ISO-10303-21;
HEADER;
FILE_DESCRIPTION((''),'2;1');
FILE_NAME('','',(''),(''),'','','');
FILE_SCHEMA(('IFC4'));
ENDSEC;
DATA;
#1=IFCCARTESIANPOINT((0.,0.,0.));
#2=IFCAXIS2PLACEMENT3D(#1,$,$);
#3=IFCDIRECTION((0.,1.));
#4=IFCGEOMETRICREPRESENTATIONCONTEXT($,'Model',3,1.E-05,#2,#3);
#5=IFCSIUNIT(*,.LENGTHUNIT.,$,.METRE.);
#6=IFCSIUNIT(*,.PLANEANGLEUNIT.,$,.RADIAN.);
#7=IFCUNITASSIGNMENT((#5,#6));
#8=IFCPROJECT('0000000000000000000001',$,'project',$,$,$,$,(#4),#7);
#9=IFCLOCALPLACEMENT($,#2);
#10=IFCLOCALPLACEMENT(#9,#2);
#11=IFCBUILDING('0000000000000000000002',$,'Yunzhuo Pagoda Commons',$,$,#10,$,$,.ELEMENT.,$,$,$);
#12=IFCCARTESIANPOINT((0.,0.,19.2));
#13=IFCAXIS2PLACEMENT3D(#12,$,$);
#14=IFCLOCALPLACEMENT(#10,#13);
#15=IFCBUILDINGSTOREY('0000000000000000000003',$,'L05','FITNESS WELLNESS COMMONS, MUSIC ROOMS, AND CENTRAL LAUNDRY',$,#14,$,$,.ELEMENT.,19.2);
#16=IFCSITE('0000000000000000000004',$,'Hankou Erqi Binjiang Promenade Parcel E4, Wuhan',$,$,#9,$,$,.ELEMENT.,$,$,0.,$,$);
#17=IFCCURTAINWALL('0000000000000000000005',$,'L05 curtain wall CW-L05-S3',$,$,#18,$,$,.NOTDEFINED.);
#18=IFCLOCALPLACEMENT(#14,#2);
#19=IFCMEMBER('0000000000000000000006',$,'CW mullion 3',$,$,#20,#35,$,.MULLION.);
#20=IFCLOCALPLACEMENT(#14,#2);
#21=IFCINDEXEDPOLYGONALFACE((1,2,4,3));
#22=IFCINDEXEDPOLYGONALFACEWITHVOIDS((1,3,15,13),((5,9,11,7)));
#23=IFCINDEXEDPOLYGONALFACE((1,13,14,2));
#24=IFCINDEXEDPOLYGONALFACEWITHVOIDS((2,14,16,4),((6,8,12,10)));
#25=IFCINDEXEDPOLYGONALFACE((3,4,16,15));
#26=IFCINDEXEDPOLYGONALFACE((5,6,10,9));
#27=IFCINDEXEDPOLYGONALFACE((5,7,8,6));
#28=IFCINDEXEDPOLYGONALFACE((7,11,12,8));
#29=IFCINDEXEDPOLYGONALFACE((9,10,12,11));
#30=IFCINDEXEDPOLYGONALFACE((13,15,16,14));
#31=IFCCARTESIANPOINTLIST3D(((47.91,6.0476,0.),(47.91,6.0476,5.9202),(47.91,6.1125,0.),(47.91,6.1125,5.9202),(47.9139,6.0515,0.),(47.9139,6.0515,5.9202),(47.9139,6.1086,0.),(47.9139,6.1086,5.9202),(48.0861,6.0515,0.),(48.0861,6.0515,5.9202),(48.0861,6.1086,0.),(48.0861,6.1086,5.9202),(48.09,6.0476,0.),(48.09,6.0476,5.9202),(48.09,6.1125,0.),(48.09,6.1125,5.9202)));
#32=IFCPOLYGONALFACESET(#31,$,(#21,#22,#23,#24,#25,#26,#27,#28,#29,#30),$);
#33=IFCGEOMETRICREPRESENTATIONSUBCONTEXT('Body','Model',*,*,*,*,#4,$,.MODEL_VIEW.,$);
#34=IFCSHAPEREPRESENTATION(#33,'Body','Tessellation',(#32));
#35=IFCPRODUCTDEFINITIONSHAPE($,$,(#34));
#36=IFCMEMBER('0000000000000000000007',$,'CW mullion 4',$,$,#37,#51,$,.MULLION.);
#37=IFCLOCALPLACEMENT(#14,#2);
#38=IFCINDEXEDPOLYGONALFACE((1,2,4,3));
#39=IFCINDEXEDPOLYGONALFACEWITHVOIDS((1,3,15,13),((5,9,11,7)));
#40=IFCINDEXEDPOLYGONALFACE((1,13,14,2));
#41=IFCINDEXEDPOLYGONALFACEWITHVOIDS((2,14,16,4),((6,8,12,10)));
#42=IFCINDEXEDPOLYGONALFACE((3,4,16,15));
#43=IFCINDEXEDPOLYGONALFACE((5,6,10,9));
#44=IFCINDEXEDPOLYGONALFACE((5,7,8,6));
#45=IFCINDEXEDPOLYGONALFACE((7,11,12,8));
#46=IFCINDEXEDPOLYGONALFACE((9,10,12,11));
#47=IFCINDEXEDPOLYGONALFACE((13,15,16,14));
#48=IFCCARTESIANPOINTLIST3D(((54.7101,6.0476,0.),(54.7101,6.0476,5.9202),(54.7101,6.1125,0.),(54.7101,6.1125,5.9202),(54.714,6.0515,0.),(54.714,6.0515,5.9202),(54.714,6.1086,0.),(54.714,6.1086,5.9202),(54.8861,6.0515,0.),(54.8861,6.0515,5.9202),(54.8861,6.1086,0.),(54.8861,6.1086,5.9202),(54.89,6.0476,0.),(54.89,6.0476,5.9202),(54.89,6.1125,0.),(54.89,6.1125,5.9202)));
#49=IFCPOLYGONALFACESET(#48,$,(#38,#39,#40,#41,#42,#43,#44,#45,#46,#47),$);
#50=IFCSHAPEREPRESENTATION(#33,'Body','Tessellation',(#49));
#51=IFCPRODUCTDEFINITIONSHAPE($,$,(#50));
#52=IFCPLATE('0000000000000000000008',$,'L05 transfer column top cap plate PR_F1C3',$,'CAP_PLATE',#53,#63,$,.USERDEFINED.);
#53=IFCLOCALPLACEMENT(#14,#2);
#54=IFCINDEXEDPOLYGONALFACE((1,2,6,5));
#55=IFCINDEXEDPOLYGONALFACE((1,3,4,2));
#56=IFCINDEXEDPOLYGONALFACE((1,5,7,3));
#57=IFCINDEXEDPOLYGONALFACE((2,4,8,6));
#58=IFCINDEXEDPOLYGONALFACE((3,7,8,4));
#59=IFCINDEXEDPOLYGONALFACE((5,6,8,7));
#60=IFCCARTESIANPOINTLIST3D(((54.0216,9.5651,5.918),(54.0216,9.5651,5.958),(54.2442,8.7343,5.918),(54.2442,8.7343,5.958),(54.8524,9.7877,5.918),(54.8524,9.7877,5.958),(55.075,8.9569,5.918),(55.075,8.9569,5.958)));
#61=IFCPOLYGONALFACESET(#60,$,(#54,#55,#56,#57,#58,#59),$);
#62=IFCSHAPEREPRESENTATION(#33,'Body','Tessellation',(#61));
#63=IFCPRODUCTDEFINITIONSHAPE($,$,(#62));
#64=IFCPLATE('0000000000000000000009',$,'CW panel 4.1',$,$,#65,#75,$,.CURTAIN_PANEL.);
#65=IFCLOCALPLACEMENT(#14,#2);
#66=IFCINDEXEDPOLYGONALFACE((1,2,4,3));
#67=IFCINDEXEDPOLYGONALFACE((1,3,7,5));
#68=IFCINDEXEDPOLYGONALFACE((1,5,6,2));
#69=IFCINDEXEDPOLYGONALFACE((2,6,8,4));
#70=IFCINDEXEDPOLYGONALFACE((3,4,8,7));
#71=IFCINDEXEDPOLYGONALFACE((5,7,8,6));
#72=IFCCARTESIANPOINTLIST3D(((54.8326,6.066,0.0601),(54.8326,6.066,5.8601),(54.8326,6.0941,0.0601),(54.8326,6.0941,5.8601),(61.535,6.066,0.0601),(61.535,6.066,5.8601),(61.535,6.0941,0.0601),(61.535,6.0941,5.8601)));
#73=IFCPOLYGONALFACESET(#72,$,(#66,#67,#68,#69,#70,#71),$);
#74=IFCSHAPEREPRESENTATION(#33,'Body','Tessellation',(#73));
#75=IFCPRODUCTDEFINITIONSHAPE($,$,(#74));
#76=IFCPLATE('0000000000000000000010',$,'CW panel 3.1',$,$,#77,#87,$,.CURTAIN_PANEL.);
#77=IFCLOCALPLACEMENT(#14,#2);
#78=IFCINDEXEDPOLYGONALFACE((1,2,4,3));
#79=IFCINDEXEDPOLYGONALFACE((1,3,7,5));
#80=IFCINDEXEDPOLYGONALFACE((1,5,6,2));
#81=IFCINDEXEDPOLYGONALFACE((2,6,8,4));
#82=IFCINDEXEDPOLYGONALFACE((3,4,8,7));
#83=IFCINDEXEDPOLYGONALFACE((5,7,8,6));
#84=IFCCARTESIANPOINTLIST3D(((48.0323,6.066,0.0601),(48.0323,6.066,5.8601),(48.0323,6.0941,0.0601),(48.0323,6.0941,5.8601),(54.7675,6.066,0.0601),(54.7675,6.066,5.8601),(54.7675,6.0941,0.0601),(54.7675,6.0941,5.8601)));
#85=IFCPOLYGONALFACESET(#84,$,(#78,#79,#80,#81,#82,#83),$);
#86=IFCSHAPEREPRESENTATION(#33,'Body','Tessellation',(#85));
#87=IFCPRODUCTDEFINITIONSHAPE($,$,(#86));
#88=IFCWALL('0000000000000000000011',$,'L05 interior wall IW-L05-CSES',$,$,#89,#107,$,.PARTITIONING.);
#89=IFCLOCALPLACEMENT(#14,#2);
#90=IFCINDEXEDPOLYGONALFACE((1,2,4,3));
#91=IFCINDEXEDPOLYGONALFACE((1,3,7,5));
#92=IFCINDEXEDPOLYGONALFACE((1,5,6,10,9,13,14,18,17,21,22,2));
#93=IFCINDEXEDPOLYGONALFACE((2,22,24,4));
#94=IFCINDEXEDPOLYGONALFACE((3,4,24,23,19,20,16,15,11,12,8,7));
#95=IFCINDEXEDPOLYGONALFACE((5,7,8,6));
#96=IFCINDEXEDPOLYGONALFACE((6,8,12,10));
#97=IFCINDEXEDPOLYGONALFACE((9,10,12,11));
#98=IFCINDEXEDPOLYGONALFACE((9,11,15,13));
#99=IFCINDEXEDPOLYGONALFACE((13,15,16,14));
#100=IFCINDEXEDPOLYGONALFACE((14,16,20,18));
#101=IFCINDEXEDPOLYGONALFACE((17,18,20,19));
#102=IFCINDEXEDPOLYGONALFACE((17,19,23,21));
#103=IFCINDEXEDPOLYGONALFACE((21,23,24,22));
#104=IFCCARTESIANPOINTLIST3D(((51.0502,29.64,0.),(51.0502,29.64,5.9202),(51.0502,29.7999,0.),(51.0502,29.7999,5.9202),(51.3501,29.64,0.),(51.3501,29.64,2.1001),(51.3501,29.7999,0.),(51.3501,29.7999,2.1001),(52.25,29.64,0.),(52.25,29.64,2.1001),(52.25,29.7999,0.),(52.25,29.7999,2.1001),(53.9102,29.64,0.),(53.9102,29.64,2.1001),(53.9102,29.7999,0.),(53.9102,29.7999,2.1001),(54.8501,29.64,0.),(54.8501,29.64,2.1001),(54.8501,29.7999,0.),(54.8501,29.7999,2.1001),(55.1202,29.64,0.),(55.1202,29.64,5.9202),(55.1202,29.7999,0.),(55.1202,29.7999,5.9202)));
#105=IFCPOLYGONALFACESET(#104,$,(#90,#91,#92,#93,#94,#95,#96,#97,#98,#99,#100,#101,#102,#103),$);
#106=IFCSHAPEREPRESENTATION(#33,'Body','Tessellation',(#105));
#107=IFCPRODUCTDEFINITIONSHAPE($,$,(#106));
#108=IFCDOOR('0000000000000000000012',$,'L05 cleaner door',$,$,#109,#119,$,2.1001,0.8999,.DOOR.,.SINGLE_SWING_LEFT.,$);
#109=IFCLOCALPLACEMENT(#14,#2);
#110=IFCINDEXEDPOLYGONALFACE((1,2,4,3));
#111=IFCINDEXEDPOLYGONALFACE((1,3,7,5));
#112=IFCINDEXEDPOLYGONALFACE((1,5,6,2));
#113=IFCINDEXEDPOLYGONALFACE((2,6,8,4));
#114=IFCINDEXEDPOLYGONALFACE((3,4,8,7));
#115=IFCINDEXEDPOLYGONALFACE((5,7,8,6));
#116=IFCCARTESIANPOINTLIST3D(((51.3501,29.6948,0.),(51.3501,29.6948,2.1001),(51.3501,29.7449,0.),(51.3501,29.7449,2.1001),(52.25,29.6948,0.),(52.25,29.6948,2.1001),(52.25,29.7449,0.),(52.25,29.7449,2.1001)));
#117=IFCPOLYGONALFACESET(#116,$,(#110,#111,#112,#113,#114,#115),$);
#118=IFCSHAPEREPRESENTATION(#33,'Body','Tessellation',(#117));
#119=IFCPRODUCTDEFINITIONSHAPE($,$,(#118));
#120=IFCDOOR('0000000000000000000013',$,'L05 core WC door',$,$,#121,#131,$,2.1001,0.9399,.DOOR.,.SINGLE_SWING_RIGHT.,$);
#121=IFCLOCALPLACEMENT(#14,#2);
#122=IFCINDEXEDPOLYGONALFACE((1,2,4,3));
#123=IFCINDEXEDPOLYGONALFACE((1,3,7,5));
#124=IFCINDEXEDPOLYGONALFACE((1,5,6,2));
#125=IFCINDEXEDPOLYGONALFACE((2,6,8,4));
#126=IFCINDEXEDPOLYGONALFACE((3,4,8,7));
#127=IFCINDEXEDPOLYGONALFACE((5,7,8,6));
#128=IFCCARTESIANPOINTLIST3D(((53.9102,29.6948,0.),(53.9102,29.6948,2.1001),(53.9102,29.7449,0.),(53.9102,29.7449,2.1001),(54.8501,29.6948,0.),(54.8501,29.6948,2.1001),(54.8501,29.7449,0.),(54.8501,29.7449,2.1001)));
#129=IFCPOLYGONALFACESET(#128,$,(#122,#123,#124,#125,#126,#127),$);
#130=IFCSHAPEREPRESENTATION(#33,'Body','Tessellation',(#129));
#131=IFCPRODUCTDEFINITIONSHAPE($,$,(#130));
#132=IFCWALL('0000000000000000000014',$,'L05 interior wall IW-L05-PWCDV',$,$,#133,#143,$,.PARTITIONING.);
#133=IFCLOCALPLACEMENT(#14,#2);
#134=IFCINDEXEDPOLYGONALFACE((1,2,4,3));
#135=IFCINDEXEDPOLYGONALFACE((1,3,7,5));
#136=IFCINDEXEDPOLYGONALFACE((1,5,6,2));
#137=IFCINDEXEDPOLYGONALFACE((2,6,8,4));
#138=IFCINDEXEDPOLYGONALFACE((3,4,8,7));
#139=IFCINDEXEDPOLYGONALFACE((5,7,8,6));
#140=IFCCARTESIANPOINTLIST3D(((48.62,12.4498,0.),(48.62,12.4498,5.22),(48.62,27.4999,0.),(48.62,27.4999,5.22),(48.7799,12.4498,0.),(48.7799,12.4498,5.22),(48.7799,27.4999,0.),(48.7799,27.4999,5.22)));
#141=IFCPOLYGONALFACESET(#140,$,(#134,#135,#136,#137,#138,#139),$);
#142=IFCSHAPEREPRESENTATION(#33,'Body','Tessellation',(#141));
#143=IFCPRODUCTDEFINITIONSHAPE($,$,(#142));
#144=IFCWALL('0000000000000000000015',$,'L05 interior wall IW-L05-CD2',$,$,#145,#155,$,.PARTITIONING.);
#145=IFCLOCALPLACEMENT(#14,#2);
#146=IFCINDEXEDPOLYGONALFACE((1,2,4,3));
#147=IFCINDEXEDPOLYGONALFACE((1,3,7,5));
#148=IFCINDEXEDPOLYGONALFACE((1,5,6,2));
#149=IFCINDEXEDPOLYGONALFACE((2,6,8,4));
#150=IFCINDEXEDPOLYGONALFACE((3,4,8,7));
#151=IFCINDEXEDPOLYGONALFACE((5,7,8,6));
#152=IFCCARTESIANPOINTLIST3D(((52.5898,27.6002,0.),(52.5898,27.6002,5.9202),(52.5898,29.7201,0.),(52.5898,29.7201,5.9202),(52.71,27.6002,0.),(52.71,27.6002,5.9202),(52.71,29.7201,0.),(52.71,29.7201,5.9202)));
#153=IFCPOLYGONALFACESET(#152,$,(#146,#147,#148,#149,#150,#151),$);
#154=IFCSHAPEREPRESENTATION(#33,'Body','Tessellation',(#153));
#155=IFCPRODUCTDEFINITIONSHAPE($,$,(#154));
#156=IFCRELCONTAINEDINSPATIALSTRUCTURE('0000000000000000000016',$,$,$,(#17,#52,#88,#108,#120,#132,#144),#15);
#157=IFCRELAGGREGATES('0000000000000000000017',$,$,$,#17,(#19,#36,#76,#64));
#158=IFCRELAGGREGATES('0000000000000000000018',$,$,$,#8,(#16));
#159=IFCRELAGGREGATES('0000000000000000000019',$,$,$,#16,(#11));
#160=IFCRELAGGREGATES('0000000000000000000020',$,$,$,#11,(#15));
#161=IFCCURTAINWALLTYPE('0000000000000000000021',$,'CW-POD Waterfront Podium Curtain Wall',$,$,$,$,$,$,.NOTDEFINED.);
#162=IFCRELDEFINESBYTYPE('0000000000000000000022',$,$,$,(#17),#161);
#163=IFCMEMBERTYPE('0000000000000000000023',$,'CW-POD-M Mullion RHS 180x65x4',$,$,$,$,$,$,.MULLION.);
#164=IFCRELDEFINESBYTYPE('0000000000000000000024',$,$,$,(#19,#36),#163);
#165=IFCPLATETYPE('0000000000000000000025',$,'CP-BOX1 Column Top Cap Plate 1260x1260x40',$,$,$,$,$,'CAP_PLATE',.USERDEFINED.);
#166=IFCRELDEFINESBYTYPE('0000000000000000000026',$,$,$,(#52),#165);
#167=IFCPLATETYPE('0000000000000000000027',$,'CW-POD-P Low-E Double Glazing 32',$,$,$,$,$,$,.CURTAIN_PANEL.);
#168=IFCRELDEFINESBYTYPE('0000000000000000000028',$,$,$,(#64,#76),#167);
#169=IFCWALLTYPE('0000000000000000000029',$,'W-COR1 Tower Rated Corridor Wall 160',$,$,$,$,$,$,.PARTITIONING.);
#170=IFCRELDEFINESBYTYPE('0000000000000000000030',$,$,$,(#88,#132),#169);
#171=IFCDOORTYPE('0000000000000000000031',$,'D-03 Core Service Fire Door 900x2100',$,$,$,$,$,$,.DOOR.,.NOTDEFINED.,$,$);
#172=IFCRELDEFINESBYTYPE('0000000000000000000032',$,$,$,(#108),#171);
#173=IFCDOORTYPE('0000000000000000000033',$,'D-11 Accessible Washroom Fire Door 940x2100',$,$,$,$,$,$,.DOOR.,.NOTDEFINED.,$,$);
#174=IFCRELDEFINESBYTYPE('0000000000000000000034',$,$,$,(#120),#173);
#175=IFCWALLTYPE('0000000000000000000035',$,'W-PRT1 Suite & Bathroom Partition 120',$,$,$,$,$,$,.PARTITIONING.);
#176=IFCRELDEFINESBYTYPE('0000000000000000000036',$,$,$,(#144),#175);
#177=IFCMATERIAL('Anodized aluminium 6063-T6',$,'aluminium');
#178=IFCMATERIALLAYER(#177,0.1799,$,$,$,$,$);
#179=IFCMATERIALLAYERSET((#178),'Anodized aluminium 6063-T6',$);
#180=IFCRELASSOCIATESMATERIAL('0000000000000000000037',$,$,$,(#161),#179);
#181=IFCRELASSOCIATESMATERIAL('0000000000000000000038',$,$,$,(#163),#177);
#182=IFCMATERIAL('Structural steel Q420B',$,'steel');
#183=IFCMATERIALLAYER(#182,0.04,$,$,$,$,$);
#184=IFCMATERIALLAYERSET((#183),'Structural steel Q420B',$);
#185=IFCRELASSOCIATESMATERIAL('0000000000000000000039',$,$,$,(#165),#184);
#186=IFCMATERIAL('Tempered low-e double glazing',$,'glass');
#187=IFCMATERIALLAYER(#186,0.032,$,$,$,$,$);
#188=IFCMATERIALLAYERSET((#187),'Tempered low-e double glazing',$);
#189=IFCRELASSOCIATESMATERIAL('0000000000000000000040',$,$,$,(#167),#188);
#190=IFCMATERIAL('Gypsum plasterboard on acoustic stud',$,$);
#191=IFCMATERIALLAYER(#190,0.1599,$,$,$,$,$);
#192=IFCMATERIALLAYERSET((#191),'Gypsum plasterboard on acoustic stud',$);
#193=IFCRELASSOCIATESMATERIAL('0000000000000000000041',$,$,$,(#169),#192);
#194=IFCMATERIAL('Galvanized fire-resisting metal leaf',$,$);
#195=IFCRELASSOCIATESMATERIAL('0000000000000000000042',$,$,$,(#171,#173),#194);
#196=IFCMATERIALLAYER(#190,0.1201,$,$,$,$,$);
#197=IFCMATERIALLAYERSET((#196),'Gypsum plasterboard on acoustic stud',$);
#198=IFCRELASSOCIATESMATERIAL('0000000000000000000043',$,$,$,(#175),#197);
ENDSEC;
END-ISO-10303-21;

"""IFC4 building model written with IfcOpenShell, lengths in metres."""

from ifc_helpers import new_model, si_unit, direction, frame, frame_2d, origin, origin_with_axes, origin_2d, place, context, subcontext, project, spatial, rectangle, hollow_rectangle, extrude, source, transform, mapped, material, layer, layer_set, material_profile, profile_set, type_object, element, fill, aggregate, save


model = new_model("IFC4")

# Units and contexts
model_context = context("Model", 3, precision=1e-05, world=origin(), true_north=direction((0.0, 1.0)))
body_context = subcontext(model_context, "Body", "Model", "MODEL_VIEW")
ifc_project = project(units=[si_unit("LENGTHUNIT", "METRE"), si_unit("PLANEANGLEUNIT", "RADIAN")], contexts=[model_context])

# Site, building, storey
site_placement = place(None, origin())
site = spatial("IfcSite", under=ifc_project, at=site_placement, Name="Hankou Erqi Binjiang Promenade Parcel E4, Wuhan", CompositionType="ELEMENT", RefElevation=0.0)
building_placement = place(site_placement, origin())
building = spatial("IfcBuilding", under=site, at=building_placement, Name="Yunzhuo Pagoda Commons", CompositionType="ELEMENT")
storey_placement = place(building_placement, frame((0.0, 0.0, 19.2)))
storey = spatial("IfcBuildingStorey", under=building, at=storey_placement, Name="L05", Description="FITNESS WELLNESS COMMONS, MUSIC ROOMS, AND CENTRAL LAUNDRY", CompositionType="ELEMENT", Elevation=19.2)

# Shared definitions
ifc_material_1 = material(Name="Structural steel Q420B", Category="steel")

# Curtain wall, members
ifc_material_2 = material(Name="Anodized aluminium 6063-T6", Category="aluminium")
ifc_layer_1 = layer(ifc_material_2, 0.1799)
ifc_layer_set_1 = layer_set([ifc_layer_1], Name="Anodized aluminium 6063-T6")
curtain_wall_type = type_object("IfcCurtainWallType", Name="CW-POD Waterfront Podium Curtain Wall", PredefinedType="NOTDEFINED", material=ifc_layer_set_1)
curtain_wall_placement = place(storey_placement, origin())
curtain_wall = element("IfcCurtainWall", 1, at=curtain_wall_placement, inside=storey, type_object=curtain_wall_type, Name="L05 curtain wall CW-L05-S3", PredefinedType="NOTDEFINED")
ifc_material_profile_1 = material_profile(ifc_material_2, hollow_rectangle(XDim=0.0649, YDim=0.1799, WallThickness=0.0039, at=origin_2d()), Name="Anodized aluminium 6063-T6")
ifc_profile_set_1 = profile_set([ifc_material_profile_1], Name="Anodized aluminium 6063-T6")
member_type_1 = type_object("IfcMemberType", Name="CW-POD-M Mullion RHS 180x65x4", PredefinedType="MULLION", material=ifc_profile_set_1)
shared_shape_1 = source(origin(), body_context, "Body", "SweptSolid", [
    extrude(hollow_rectangle(XDim=0.0649, YDim=0.1799, WallThickness=0.0039, at=origin_2d()), origin(), (0.0, 0.0, 1.0), 5.9202),
])
member_1_placement = place(storey_placement, frame((48.0, 6.0801, 0.0), z_axis=(0.0, 0.0, 1.0), x_axis=(0.0, 1.0, 0.0)))
member_1 = element("IfcMember", 2, at=member_1_placement, type_object=member_type_1, Name="CW mullion 3", PredefinedType="MULLION", context=body_context, shape_type="MappedRepresentation", body=[
    mapped(shared_shape_1, transform((0.0, 0.0, 0.0), scale=1.0)),
])
member_2_placement = place(storey_placement, frame((54.8, 6.0801, 0.0), z_axis=(0.0, 0.0, 1.0), x_axis=(0.0, 1.0, 0.0)))
member_2 = element("IfcMember", 3, at=member_2_placement, type_object=member_type_1, Name="CW mullion 4", PredefinedType="MULLION", context=body_context, shape_type="MappedRepresentation", body=[
    mapped(shared_shape_1, transform((0.0, 0.0, 0.0), scale=1.0)),
])

# Plates
ifc_layer_2 = layer(ifc_material_1, 0.04)
ifc_layer_set_2 = layer_set([ifc_layer_2], Name="Structural steel Q420B")
plate_type_1 = type_object("IfcPlateType", Name="CP-BOX1 Column Top Cap Plate 1260x1260x40", ElementType="CAP_PLATE", PredefinedType="USERDEFINED", material=ifc_layer_set_2)
shared_shape_2 = source(origin(), body_context, "Body", "SweptSolid", [
    extrude(rectangle(XDim=0.8601, YDim=0.8601, at=origin_2d()), origin(), (0.0, 0.0, 1.0), 0.04),
])
plate_1_placement = place(storey_placement, frame((54.5483, 9.261, 5.918), z_axis=(0.0, 0.0, 1.0), x_axis=(0.965926, 0.258819, 0.0)))
element("IfcPlate", 4, at=plate_1_placement, inside=storey, type_object=plate_type_1, Name="L05 transfer column top cap plate PR_F1C3", ObjectType="CAP_PLATE", PredefinedType="USERDEFINED", context=body_context, shape_type="MappedRepresentation", body=[
    mapped(shared_shape_2, transform((0.0, 0.0, 0.0), scale=1.0)),
])
ifc_material_3 = material(Name="Tempered low-e double glazing", Category="glass")
ifc_layer_3 = layer(ifc_material_3, 0.032)
ifc_layer_set_3 = layer_set([ifc_layer_3], Name="Tempered low-e double glazing")
plate_type_2 = type_object("IfcPlateType", Name="CW-POD-P Low-E Double Glazing 32", PredefinedType="CURTAIN_PANEL", material=ifc_layer_set_3)
shared_shape_3 = source(origin(), body_context, "Body", "SweptSolid", [
    extrude(rectangle(XDim=6.7024, YDim=0.0281, at=origin_2d()), origin(), (0.0, 0.0, 1.0), 5.8),
])
plate_2_placement = place(storey_placement, frame((58.1838, 6.0801, 0.0601), z_axis=(0.0, 0.0, 1.0), x_axis=(1.0, 0.0, 0.0)))
plate_2 = element("IfcPlate", 5, at=plate_2_placement, type_object=plate_type_2, Name="CW panel 4.1", PredefinedType="CURTAIN_PANEL", context=body_context, shape_type="MappedRepresentation", body=[
    mapped(shared_shape_3, transform((0.0, 0.0, 0.0), scale=1.0)),
])
shared_shape_4 = source(origin(), body_context, "Body", "SweptSolid", [
    extrude(rectangle(XDim=6.7351, YDim=0.0281, at=origin_2d()), origin(), (0.0, 0.0, 1.0), 5.8),
])
plate_3_placement = place(storey_placement, frame((51.3999, 6.0801, 0.0601), z_axis=(0.0, 0.0, 1.0), x_axis=(1.0, 0.0, 0.0)))
plate_3 = element("IfcPlate", 6, at=plate_3_placement, type_object=plate_type_2, Name="CW panel 3.1", PredefinedType="CURTAIN_PANEL", context=body_context, shape_type="MappedRepresentation", body=[
    mapped(shared_shape_4, transform((0.0, 0.0, 0.0), scale=1.0)),
])
aggregate(curtain_wall, [member_1, member_2, plate_3, plate_2])

# Wall, openings, doors
ifc_material_4 = material(Name="Gypsum plasterboard on acoustic stud")
ifc_layer_4 = layer(ifc_material_4, 0.1599)
ifc_layer_set_4 = layer_set([ifc_layer_4], Name="Gypsum plasterboard on acoustic stud")
wall_type_1 = type_object("IfcWallType", Name="W-COR1 Tower Rated Corridor Wall 160", PredefinedType="PARTITIONING", material=ifc_layer_set_4)
wall_1_placement = place(storey_placement, frame((51.05, 29.72, 0.0), z_axis=(0.0, 0.0, 1.0), x_axis=(1.0, 0.0, 0.0)))
wall_1 = element("IfcWall", 7, at=wall_1_placement, inside=storey, type_object=wall_type_1, Name="L05 interior wall IW-L05-CSES", PredefinedType="PARTITIONING", context=body_context, shape_type="SweptSolid", body=[
    extrude(rectangle(XDim=4.0701, YDim=0.1599, at=frame_2d((2.0352, 0.0))), origin(), (0.0, 0.0, 1.0), 5.9202),
])
opening_1_placement = place(wall_1_placement, frame((0.3, 0.0, 0.0)))
opening_1 = element("IfcOpeningElement", 8, at=opening_1_placement, cuts=wall_1, PredefinedType="OPENING", context=body_context, shape_type="SweptSolid", body=[
    extrude(rectangle(XDim=0.8999, YDim=2.1001, at=frame_2d((0.45, 1.05))), frame((0.0, 0.0898, 0.0), z_axis=(0.0, -1.0, 0.0), x_axis=(1.0, 0.0, 0.0)), (0.0, 0.0, 1.0), 0.1799),
])
opening_2_placement = place(wall_1_placement, frame((2.8601, 0.0, 0.0)))
opening_2 = element("IfcOpeningElement", 9, at=opening_2_placement, cuts=wall_1, PredefinedType="OPENING", context=body_context, shape_type="SweptSolid", body=[
    extrude(rectangle(XDim=0.9399, YDim=2.1001, at=frame_2d((0.47, 1.05))), frame((0.0, 0.0898, 0.0), z_axis=(0.0, -1.0, 0.0), x_axis=(1.0, 0.0, 0.0)), (0.0, 0.0, 1.0), 0.1799),
])
ifc_material_5 = material(Name="Galvanized fire-resisting metal leaf")
door_type_1 = type_object("IfcDoorType", Name="D-03 Core Service Fire Door 900x2100", OperationType="NOTDEFINED", PredefinedType="DOOR", material=ifc_material_5)
shared_shape_5 = source(origin(), body_context, "Body", "SweptSolid", [
    extrude(rectangle(XDim=0.8999, YDim=2.1001, at=frame_2d((0.45, 1.05))), frame((0.0, 0.0249, 0.0), z_axis=(0.0, -1.0, 0.0), x_axis=(1.0, 0.0, 0.0)), (0.0, 0.0, 1.0), 0.05),
])
door_1_placement = place(opening_1_placement, origin_with_axes())
door_1 = element("IfcDoor", 10, at=door_1_placement, inside=storey, type_object=door_type_1, Name="L05 cleaner door", OperationType="SINGLE_SWING_LEFT", OverallHeight=2.1001, OverallWidth=0.8999, PredefinedType="DOOR", context=body_context, shape_type="MappedRepresentation", body=[
    mapped(shared_shape_5, transform((0.0, 0.0, 0.0), scale=1.0)),
])
fill(opening_1, door_1)
door_type_2 = type_object("IfcDoorType", Name="D-11 Accessible Washroom Fire Door 940x2100", OperationType="NOTDEFINED", PredefinedType="DOOR", material=ifc_material_5)
shared_shape_6 = source(origin(), body_context, "Body", "SweptSolid", [
    extrude(rectangle(XDim=0.9399, YDim=2.1001, at=frame_2d((0.47, 1.05))), frame((0.0, 0.0249, 0.0), z_axis=(0.0, -1.0, 0.0), x_axis=(1.0, 0.0, 0.0)), (0.0, 0.0, 1.0), 0.05),
])
door_2_placement = place(opening_2_placement, origin_with_axes())
door_2 = element("IfcDoor", 11, at=door_2_placement, inside=storey, type_object=door_type_2, Name="L05 core WC door", OperationType="SINGLE_SWING_RIGHT", OverallHeight=2.1001, OverallWidth=0.9399, PredefinedType="DOOR", context=body_context, shape_type="MappedRepresentation", body=[
    mapped(shared_shape_6, transform((0.0, 0.0, 0.0), scale=1.0)),
])
fill(opening_2, door_2)

# Walls
wall_2_placement = place(storey_placement, frame((48.7, 12.45, 0.0), z_axis=(0.0, 0.0, 1.0), x_axis=(0.0, 1.0, 0.0)))
element("IfcWall", 12, at=wall_2_placement, inside=storey, type_object=wall_type_1, Name="L05 interior wall IW-L05-PWCDV", PredefinedType="PARTITIONING", context=body_context, shape_type="SweptSolid", body=[
    extrude(rectangle(XDim=15.05, YDim=0.1599, at=frame_2d((7.5249, 0.0))), origin(), (0.0, 0.0, 1.0), 5.22),
])
ifc_layer_5 = layer(ifc_material_4, 0.1201)
ifc_layer_set_5 = layer_set([ifc_layer_5], Name="Gypsum plasterboard on acoustic stud")
wall_type_2 = type_object("IfcWallType", Name="W-PRT1 Suite & Bathroom Partition 120", PredefinedType="PARTITIONING", material=ifc_layer_set_5)
wall_3_placement = place(storey_placement, frame((52.6499, 27.6001, 0.0), z_axis=(0.0, 0.0, 1.0), x_axis=(0.0, 1.0, 0.0)))
element("IfcWall", 13, at=wall_3_placement, inside=storey, type_object=wall_type_2, Name="L05 interior wall IW-L05-CD2", PredefinedType="PARTITIONING", context=body_context, shape_type="SweptSolid", body=[
    extrude(rectangle(XDim=2.1199, YDim=0.1201, at=frame_2d((1.0601, 0.0))), origin(), (0.0, 0.0, 1.0), 5.9202),
])

save(model, "model.ifc")
